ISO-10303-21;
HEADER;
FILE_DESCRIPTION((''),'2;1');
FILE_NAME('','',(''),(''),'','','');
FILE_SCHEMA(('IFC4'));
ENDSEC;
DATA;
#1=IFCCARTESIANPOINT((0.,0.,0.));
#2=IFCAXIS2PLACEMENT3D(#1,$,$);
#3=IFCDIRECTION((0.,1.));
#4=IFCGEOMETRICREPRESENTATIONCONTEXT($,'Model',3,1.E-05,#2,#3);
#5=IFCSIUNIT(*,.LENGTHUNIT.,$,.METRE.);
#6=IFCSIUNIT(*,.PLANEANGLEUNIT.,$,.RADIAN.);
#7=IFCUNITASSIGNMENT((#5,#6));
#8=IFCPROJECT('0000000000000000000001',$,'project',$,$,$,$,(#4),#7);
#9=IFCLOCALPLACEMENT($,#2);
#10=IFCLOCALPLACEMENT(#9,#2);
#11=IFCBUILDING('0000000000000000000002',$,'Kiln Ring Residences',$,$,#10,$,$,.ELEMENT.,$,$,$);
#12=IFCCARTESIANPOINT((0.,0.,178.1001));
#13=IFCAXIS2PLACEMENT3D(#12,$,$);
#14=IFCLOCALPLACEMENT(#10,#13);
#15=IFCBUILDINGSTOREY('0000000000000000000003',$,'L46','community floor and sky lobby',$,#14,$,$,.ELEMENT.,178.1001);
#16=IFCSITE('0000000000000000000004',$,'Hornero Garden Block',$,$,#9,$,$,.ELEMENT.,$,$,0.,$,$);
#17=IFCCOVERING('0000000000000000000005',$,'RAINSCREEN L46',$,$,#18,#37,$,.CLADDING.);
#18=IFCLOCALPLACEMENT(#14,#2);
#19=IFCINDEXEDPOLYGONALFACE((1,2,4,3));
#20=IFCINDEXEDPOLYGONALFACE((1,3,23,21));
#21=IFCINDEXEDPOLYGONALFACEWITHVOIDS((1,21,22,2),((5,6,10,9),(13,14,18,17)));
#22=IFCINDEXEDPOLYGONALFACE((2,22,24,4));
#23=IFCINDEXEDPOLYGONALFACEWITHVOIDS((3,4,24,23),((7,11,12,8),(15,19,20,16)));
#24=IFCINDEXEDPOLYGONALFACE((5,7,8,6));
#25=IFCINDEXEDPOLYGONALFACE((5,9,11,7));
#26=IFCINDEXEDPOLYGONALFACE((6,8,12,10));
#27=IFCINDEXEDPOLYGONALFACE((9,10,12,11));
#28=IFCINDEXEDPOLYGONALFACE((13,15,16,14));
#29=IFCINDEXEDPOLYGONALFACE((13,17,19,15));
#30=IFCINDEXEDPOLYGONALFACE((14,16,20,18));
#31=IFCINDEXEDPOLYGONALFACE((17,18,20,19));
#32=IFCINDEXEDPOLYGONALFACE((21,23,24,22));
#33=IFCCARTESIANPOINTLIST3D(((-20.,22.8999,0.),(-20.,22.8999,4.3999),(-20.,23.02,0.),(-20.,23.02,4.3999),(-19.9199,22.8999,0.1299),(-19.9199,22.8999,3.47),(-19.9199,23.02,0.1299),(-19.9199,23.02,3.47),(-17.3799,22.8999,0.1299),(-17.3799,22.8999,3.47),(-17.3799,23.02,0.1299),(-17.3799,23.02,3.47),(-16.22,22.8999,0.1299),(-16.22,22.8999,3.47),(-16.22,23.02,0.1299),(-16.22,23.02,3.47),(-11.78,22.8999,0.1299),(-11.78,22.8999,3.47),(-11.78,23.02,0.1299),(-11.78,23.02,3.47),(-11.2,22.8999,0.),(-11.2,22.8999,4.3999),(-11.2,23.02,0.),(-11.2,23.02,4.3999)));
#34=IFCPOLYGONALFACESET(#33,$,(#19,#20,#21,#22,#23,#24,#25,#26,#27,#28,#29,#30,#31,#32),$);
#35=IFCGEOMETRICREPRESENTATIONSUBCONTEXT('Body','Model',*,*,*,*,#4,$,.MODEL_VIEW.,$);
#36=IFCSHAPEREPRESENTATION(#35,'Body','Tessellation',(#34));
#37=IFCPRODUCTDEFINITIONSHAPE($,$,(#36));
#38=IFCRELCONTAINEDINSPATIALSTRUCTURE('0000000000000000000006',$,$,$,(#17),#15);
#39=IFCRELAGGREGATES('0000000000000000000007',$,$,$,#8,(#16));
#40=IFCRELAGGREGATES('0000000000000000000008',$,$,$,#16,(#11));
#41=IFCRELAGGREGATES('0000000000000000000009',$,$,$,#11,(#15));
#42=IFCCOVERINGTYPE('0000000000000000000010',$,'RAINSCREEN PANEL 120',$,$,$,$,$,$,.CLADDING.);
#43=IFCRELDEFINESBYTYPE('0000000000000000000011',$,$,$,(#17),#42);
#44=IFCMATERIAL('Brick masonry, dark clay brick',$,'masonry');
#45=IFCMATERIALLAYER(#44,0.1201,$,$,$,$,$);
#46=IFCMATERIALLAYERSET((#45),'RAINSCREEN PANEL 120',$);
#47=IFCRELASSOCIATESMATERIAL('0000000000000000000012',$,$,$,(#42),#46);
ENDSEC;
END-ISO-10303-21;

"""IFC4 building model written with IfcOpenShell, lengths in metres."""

from ifc_helpers import new_model, si_unit, direction, frame, origin, place, context, subcontext, project, spatial, polyline, outline, extrude, material, layer, layer_set, type_object, element, save


model = new_model("IFC4")

# Units and contexts
model_context = context("Model", 3, precision=1e-05, world=origin(), true_north=direction((0.0, 1.0)))
body_context = subcontext(model_context, "Body", "Model", "MODEL_VIEW")
ifc_project = project(units=[si_unit("LENGTHUNIT", "METRE"), si_unit("PLANEANGLEUNIT", "RADIAN")], contexts=[model_context])

# Site, building, storey
site_placement = place(None, origin())
site = spatial("IfcSite", under=ifc_project, at=site_placement, Name="Hornero Garden Block", CompositionType="ELEMENT", RefElevation=0.0)
building_placement = place(site_placement, origin())
building = spatial("IfcBuilding", under=site, at=building_placement, Name="Kiln Ring Residences", CompositionType="ELEMENT")
storey_placement = place(building_placement, frame((0.0, 0.0, 178.1001)))
storey = spatial("IfcBuildingStorey", under=building, at=storey_placement, Name="L46", Description="community floor and sky lobby", CompositionType="ELEMENT", Elevation=178.1001)

# Covering
ifc_material_1 = material(Name="Brick masonry, dark clay brick", Category="masonry")
ifc_layer_1 = layer(ifc_material_1, 0.1201)
ifc_layer_set_1 = layer_set([ifc_layer_1], Name="RAINSCREEN PANEL 120")
covering_type_1 = type_object("IfcCoveringType", Name="RAINSCREEN PANEL 120", PredefinedType="CLADDING", material=ifc_layer_set_1)
covering_1_placement = place(storey_placement, frame((-11.2, 22.96, 0.0), z_axis=(0.0, 0.0, 1.0), x_axis=(-1.0, 0.0, 0.0)))
element("IfcCovering", 1, at=covering_1_placement, inside=storey, type_object=covering_type_1, Name="RAINSCREEN L46", PredefinedType="CLADDING", context=body_context, shape_type="SweptSolid", body=[
    extrude(outline(polyline([(0.0, 0.0), (8.8, 0.0), (8.8, 4.3999), (0.0, 4.3999), (0.0, 0.0)]), holes=[polyline([(5.02, 3.47), (0.5801, 3.47), (0.5801, 0.1299), (5.02, 0.1299), (5.02, 3.47)]), polyline([(8.72, 3.47), (6.1799, 3.47), (6.1799, 0.1299), (8.72, 0.1299), (8.72, 3.47)])]), frame((0.0, 0.0601, 0.0), z_axis=(0.0, -1.0, 0.0), x_axis=(1.0, 0.0, 0.0)), (0.0, 0.0, 1.0), 0.1201),
])

save(model, "model.ifc")
